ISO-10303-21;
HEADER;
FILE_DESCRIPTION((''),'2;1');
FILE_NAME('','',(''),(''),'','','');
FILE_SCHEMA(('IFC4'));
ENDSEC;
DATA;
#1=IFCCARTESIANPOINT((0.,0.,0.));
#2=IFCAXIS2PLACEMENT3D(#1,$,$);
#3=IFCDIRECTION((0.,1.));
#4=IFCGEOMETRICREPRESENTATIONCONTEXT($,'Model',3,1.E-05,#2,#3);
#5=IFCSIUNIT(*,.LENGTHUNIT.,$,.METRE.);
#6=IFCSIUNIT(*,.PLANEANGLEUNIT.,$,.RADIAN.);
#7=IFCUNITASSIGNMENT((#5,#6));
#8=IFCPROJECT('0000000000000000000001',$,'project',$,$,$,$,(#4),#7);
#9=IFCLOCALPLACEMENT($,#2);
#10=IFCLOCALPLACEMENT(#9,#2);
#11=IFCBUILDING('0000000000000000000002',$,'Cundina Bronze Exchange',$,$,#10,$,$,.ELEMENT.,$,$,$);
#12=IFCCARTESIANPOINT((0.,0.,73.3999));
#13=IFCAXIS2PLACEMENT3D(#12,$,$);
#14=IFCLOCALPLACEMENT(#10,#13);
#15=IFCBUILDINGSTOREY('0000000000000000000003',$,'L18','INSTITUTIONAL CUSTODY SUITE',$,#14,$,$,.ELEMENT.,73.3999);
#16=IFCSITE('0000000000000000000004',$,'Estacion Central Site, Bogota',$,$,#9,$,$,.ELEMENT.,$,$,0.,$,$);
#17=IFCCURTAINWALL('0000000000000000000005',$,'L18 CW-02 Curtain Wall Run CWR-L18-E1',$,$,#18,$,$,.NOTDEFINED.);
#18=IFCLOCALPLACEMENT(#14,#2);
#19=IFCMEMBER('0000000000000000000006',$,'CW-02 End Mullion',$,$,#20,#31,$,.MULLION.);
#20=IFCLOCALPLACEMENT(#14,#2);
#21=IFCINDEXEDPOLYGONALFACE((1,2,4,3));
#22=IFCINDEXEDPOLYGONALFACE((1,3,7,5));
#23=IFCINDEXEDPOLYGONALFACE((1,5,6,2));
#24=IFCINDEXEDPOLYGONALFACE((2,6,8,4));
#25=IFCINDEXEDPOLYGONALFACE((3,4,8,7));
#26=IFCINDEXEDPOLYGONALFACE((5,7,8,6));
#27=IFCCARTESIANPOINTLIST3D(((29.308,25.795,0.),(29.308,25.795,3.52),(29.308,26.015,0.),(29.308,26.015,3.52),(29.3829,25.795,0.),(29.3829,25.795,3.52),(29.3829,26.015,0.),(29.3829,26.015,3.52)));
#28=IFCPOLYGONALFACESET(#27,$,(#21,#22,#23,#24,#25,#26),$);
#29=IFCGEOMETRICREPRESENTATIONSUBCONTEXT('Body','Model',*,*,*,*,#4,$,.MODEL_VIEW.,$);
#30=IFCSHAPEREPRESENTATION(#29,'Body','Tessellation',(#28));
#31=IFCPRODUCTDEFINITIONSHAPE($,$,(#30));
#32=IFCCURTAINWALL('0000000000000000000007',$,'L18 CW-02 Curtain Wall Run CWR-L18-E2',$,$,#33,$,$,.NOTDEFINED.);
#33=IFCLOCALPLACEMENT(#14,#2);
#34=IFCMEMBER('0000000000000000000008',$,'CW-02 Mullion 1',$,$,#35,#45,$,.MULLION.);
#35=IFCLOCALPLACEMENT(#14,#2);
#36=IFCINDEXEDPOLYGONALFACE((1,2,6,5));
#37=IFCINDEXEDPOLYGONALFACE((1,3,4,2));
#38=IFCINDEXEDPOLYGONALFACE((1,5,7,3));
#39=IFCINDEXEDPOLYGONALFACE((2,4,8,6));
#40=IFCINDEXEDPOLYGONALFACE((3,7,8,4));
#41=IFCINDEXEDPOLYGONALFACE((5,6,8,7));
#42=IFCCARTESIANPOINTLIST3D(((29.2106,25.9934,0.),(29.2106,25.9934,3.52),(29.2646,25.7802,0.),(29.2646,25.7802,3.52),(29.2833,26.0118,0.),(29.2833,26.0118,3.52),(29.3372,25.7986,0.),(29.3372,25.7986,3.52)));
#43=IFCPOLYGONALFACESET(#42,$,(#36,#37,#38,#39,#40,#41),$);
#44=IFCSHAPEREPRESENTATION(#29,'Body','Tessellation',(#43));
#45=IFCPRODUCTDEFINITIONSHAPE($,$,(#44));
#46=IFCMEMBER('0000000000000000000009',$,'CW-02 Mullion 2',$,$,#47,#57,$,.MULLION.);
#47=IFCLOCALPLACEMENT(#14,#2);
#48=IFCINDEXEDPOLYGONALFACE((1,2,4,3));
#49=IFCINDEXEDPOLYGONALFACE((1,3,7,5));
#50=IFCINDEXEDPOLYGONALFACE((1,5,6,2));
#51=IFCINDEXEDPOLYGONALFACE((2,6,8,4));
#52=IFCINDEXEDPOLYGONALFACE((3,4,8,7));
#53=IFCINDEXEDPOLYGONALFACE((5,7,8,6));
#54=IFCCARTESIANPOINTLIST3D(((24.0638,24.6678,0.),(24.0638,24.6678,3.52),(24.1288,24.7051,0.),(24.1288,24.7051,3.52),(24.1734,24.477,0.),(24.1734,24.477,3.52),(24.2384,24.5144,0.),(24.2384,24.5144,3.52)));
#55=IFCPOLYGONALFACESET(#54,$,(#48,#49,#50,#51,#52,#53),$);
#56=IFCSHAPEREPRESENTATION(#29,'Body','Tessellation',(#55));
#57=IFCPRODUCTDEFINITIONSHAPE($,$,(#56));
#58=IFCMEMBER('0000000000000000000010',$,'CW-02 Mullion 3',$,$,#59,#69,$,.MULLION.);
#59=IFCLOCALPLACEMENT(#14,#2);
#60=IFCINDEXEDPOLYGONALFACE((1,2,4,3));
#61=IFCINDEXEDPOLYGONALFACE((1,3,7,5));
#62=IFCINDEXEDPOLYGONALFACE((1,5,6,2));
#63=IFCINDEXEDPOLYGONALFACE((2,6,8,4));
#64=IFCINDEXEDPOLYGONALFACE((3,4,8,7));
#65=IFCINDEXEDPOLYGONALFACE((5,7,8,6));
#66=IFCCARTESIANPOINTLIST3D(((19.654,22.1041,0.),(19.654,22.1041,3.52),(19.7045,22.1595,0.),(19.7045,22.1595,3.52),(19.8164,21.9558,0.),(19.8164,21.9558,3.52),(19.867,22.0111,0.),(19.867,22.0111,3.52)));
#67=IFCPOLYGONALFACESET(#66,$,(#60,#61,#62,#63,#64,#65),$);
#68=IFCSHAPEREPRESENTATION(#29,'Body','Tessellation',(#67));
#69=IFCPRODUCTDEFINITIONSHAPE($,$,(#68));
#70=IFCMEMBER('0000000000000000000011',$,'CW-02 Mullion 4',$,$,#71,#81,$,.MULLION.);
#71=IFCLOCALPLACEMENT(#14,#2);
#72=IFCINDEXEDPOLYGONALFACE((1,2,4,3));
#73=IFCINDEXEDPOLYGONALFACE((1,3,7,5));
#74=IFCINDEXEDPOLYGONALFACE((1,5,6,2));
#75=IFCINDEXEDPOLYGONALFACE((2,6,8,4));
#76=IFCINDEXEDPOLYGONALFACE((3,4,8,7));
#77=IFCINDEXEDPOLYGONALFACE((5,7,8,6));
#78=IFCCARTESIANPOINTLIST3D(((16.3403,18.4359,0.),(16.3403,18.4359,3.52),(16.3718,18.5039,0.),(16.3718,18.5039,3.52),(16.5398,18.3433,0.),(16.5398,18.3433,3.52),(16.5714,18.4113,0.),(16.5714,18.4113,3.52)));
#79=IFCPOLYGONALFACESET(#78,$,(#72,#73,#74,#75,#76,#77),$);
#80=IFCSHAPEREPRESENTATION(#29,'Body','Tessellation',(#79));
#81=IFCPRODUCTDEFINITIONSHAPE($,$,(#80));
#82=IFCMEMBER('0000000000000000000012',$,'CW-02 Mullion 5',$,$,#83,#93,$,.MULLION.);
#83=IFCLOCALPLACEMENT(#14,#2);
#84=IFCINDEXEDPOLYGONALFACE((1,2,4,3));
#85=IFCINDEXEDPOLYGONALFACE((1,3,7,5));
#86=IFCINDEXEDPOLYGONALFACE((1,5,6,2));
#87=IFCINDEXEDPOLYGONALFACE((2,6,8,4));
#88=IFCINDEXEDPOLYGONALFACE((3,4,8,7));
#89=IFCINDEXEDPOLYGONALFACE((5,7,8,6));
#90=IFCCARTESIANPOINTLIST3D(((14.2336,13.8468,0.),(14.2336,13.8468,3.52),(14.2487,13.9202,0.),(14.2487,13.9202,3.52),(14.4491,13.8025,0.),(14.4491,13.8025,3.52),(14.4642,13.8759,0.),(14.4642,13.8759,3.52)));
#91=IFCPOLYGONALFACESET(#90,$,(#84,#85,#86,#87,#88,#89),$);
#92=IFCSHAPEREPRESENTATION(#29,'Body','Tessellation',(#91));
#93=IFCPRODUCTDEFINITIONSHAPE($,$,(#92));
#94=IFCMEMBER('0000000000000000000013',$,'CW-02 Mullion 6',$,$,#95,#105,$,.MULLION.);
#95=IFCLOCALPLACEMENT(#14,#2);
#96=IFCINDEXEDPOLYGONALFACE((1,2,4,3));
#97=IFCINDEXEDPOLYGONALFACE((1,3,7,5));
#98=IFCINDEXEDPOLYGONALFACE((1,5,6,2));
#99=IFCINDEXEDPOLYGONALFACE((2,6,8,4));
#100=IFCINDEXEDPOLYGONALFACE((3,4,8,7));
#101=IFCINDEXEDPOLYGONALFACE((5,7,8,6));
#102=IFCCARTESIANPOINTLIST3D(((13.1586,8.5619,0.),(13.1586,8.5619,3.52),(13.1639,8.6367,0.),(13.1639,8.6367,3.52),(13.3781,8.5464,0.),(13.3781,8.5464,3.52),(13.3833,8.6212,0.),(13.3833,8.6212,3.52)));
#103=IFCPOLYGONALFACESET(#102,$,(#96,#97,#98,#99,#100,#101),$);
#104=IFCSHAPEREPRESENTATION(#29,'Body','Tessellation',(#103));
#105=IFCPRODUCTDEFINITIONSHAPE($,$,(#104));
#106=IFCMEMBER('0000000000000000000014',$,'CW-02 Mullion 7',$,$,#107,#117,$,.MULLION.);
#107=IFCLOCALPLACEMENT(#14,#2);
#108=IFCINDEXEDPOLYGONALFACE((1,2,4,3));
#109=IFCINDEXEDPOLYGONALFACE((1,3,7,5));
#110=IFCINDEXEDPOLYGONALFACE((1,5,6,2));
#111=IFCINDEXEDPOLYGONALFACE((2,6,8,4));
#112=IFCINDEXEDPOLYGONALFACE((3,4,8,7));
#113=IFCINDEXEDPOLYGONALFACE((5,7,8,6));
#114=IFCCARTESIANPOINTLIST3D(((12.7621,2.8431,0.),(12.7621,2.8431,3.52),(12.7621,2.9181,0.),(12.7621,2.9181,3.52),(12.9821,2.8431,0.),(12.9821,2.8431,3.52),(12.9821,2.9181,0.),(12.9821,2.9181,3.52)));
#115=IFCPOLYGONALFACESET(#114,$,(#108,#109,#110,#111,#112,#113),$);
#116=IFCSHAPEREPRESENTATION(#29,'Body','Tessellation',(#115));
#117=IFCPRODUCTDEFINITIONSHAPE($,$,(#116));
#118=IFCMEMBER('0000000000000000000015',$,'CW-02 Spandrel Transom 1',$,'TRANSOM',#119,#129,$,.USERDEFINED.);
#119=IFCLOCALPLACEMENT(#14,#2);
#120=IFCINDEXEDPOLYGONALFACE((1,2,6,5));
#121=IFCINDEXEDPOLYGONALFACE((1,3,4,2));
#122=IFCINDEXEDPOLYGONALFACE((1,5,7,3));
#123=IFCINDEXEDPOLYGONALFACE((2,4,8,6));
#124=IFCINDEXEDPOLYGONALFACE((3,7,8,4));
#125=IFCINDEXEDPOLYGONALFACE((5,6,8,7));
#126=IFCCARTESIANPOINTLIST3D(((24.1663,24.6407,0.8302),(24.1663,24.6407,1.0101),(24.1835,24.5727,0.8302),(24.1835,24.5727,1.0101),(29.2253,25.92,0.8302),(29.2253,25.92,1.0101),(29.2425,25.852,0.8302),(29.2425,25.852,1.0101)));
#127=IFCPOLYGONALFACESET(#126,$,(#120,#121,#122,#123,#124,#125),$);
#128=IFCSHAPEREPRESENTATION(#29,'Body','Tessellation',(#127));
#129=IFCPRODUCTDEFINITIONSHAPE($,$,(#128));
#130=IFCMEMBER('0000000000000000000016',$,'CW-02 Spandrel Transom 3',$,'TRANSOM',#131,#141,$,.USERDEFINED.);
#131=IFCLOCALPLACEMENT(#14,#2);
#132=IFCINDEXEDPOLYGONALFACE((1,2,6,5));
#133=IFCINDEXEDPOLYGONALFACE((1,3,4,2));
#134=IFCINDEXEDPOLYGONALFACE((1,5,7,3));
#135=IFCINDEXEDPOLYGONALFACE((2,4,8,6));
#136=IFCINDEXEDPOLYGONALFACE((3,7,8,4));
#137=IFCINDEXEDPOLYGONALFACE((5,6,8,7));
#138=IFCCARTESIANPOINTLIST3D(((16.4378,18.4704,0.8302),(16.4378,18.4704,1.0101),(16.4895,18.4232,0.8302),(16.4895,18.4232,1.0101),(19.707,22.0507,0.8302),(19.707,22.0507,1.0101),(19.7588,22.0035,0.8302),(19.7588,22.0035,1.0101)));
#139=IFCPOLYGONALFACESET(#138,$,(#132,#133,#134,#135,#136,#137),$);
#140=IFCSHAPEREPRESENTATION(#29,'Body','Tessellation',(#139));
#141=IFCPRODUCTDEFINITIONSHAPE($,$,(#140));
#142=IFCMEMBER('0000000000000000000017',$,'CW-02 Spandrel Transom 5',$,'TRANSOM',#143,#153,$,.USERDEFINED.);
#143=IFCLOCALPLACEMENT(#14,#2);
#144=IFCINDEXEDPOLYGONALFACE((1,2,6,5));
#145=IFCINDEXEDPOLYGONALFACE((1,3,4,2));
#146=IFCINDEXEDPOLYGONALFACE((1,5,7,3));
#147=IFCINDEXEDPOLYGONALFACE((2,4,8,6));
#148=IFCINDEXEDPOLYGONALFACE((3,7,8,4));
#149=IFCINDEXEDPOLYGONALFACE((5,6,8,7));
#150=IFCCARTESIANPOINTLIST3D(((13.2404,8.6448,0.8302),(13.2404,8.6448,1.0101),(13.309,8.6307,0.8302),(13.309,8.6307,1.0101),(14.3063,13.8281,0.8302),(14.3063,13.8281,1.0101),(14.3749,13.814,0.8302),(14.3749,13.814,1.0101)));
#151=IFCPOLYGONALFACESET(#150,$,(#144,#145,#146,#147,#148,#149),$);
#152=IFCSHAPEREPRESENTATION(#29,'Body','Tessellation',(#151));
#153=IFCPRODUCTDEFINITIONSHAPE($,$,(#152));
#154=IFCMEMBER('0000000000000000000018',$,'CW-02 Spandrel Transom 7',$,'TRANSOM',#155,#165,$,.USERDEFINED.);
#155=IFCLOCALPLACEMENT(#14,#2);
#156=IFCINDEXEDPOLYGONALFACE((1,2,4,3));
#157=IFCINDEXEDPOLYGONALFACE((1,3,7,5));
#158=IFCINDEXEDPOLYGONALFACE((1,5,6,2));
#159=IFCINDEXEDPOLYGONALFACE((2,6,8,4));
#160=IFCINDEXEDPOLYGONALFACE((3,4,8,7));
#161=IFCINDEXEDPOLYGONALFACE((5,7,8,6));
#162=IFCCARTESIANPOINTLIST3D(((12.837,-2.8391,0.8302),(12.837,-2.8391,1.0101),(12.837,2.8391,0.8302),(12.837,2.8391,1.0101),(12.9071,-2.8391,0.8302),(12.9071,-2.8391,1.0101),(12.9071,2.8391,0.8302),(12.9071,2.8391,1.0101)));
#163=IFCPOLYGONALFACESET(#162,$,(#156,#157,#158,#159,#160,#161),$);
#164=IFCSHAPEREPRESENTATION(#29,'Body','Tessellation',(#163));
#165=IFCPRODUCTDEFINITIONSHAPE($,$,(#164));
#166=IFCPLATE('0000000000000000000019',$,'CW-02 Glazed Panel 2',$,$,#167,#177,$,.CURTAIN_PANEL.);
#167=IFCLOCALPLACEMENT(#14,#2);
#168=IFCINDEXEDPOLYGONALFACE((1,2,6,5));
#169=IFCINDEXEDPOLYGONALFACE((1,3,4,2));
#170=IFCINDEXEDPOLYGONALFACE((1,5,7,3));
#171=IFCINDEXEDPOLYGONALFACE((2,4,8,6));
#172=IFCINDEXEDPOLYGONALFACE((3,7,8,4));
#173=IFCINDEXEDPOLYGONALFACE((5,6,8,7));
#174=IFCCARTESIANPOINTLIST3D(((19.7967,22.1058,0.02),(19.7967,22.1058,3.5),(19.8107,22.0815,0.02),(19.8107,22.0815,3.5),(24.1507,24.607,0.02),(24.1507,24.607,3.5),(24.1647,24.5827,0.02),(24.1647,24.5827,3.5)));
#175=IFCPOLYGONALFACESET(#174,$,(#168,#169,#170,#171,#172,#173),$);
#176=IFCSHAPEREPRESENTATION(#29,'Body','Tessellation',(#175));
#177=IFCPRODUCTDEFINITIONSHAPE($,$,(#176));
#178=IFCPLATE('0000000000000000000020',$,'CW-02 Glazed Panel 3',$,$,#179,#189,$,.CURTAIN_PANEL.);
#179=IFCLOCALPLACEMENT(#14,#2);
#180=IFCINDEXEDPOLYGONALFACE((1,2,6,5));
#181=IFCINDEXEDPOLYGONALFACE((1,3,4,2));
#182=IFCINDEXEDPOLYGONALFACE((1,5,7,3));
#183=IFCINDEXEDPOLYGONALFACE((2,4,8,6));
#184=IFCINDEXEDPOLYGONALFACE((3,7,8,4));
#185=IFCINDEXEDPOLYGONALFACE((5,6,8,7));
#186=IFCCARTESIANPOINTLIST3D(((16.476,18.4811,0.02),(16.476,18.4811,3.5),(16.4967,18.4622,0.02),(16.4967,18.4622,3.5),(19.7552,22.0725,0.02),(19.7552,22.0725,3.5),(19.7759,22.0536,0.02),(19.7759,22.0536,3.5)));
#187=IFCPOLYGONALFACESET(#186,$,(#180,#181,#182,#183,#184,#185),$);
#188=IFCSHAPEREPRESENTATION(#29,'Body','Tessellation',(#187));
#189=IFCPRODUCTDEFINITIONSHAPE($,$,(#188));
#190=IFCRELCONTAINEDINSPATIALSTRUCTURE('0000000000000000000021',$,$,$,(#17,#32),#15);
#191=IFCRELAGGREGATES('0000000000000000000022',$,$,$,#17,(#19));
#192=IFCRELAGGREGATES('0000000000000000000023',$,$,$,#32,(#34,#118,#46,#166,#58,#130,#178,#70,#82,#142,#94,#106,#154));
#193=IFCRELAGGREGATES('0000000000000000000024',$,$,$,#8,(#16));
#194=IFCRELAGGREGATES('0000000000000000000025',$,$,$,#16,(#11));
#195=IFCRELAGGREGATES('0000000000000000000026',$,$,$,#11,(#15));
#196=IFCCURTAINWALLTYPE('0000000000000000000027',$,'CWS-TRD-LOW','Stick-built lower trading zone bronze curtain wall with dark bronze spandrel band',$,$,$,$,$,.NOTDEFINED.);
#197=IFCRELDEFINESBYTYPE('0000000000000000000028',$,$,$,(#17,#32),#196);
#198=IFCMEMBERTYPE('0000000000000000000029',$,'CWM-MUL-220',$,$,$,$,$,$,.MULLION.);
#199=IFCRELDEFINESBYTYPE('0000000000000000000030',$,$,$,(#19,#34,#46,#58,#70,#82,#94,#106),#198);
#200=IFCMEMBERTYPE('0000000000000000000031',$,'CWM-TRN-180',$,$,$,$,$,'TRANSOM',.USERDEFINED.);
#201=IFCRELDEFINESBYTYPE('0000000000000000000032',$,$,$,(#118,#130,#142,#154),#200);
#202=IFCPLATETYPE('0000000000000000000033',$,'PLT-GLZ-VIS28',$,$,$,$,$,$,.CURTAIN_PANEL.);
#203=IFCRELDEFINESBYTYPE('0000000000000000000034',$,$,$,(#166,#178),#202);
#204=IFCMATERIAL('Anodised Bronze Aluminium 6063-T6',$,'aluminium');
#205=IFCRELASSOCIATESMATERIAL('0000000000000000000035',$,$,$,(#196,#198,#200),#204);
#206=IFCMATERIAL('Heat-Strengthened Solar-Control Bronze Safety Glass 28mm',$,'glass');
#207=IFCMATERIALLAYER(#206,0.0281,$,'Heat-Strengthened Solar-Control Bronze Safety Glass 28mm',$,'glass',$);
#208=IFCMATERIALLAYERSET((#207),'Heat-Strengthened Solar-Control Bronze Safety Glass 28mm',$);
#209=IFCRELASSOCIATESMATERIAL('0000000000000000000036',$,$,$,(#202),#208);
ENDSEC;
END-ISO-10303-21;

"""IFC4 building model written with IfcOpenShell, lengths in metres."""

from ifc_helpers import new_model, si_unit, direction, frame, origin, origin_2d, place, context, subcontext, project, spatial, rectangle, extrude, material, layer, layer_set, material_profile, profile_set, type_object, element, aggregate, save


model = new_model("IFC4")

# Units and contexts
model_context = context("Model", 3, precision=1e-05, world=origin(), true_north=direction((0.0, 1.0)))
body_context = subcontext(model_context, "Body", "Model", "MODEL_VIEW")
ifc_project = project(units=[si_unit("LENGTHUNIT", "METRE"), si_unit("PLANEANGLEUNIT", "RADIAN")], contexts=[model_context])

# Site, building, storey
site_placement = place(None, origin())
site = spatial("IfcSite", under=ifc_project, at=site_placement, Name="Estacion Central Site, Bogota", CompositionType="ELEMENT", RefElevation=0.0)
building_placement = place(site_placement, origin())
building = spatial("IfcBuilding", under=site, at=building_placement, Name="Cundina Bronze Exchange", CompositionType="ELEMENT")
storey_placement = place(building_placement, frame((0.0, 0.0, 73.3999)))
storey = spatial("IfcBuildingStorey", under=building, at=storey_placement, Name="L18", Description="INSTITUTIONAL CUSTODY SUITE", CompositionType="ELEMENT", Elevation=73.3999)

# Curtain wall, member
ifc_material_1 = material(Name="Anodised Bronze Aluminium 6063-T6", Category="aluminium")
curtain_wall_type = type_object("IfcCurtainWallType", Name="CWS-TRD-LOW", Description="Stick-built lower trading zone bronze curtain wall with dark bronze spandrel band", PredefinedType="NOTDEFINED", material=ifc_material_1)
curtain_wall_1_placement = place(storey_placement, origin())
curtain_wall_1 = element("IfcCurtainWall", 1, at=curtain_wall_1_placement, inside=storey, type_object=curtain_wall_type, Name="L18 CW-02 Curtain Wall Run CWR-L18-E1", PredefinedType="NOTDEFINED")
ifc_material_profile_1 = material_profile(ifc_material_1, rectangle(XDim=0.075, YDim=0.22, at=origin_2d()), Name="AL75X220", Category="aluminium")
ifc_profile_set_1 = profile_set([ifc_material_profile_1], Name="Anodised Bronze Aluminium 6063-T6")
member_type_1 = type_object("IfcMemberType", Name="CWM-MUL-220", PredefinedType="MULLION", material=ifc_profile_set_1)
member_1_placement = place(storey_placement, frame((29.3455, 25.905, 0.0), z_axis=(0.0, 0.0, 1.0), x_axis=(-1.0, 0.0, 0.0)))
member_1 = element("IfcMember", 2, at=member_1_placement, type_object=member_type_1, Name="CW-02 End Mullion", PredefinedType="MULLION", context=body_context, shape_type="SweptSolid", body=[
    extrude(rectangle(XDim=0.075, YDim=0.22, at=origin_2d()), origin(), (0.0, 0.0, 1.0), 3.52),
])
aggregate(curtain_wall_1, [member_1])

# Curtain wall, members, plates
curtain_wall_2_placement = place(storey_placement, origin())
curtain_wall_2 = element("IfcCurtainWall", 3, at=curtain_wall_2_placement, inside=storey, type_object=curtain_wall_type, Name="L18 CW-02 Curtain Wall Run CWR-L18-E2", PredefinedType="NOTDEFINED")
member_2_placement = place(storey_placement, frame((29.2739, 25.896, 0.0), z_axis=(0.0, 0.0, 1.0), x_axis=(-0.969488, -0.245138, 0.0)))
member_2 = element("IfcMember", 4, at=member_2_placement, type_object=member_type_1, Name="CW-02 Mullion 1", PredefinedType="MULLION", context=body_context, shape_type="SweptSolid", body=[
    extrude(rectangle(XDim=0.075, YDim=0.22, at=origin_2d()), origin(), (0.0, 0.0, 1.0), 3.52),
])
member_3_placement = place(storey_placement, frame((24.1511, 24.5911, 0.0), z_axis=(0.0, 0.0, 1.0), x_axis=(-0.867071, -0.498185, 0.0)))
member_3 = element("IfcMember", 5, at=member_3_placement, type_object=member_type_1, Name="CW-02 Mullion 2", PredefinedType="MULLION", context=body_context, shape_type="SweptSolid", body=[
    extrude(rectangle(XDim=0.075, YDim=0.22, at=origin_2d()), origin(), (0.0, 0.0, 1.0), 3.52),
])
member_4_placement = place(storey_placement, frame((19.7605, 22.0576, 0.0), z_axis=(0.0, 0.0, 1.0), x_axis=(-0.674302, -0.738455, 0.0)))
member_4 = element("IfcMember", 6, at=member_4_placement, type_object=member_type_1, Name="CW-02 Mullion 3", PredefinedType="MULLION", context=body_context, shape_type="SweptSolid", body=[
    extrude(rectangle(XDim=0.075, YDim=0.22, at=origin_2d()), origin(), (0.0, 0.0, 1.0), 3.52),
])
member_5_placement = place(storey_placement, frame((16.4558, 18.4236, 0.0), z_axis=(0.0, 0.0, 1.0), x_axis=(-0.420877, -0.907117, 0.0)))
member_5 = element("IfcMember", 7, at=member_5_placement, type_object=member_type_1, Name="CW-02 Mullion 4", PredefinedType="MULLION", context=body_context, shape_type="SweptSolid", body=[
    extrude(rectangle(XDim=0.075, YDim=0.22, at=origin_2d()), origin(), (0.0, 0.0, 1.0), 3.52),
])
member_6_placement = place(storey_placement, frame((14.3489, 13.8613, 0.0), z_axis=(0.0, 0.0, 1.0), x_axis=(-0.20142, -0.979505, 0.0)))
member_6 = element("IfcMember", 8, at=member_6_placement, type_object=member_type_1, Name="CW-02 Mullion 5", PredefinedType="MULLION", context=body_context, shape_type="SweptSolid", body=[
    extrude(rectangle(XDim=0.075, YDim=0.22, at=origin_2d()), origin(), (0.0, 0.0, 1.0), 3.52),
])
member_7_placement = place(storey_placement, frame((13.271, 8.5916, 0.0), z_axis=(0.0, 0.0, 1.0), x_axis=(-0.070279, -0.997527, 0.0)))
member_7 = element("IfcMember", 9, at=member_7_placement, type_object=member_type_1, Name="CW-02 Mullion 6", PredefinedType="MULLION", context=body_context, shape_type="SweptSolid", body=[
    extrude(rectangle(XDim=0.075, YDim=0.22, at=origin_2d()), origin(), (0.0, 0.0, 1.0), 3.52),
])
member_8_placement = place(storey_placement, frame((12.8721, 2.8806, 0.0), z_axis=(0.0, 0.0, 1.0), x_axis=(0.0, -1.0, 0.0)))
member_8 = element("IfcMember", 10, at=member_8_placement, type_object=member_type_1, Name="CW-02 Mullion 7", PredefinedType="MULLION", context=body_context, shape_type="SweptSolid", body=[
    extrude(rectangle(XDim=0.075, YDim=0.22, at=origin_2d()), origin(), (0.0, 0.0, 1.0), 3.52),
])
ifc_material_profile_2 = material_profile(ifc_material_1, rectangle(XDim=0.0701, YDim=0.1799, at=origin_2d()), Name="AL70X180", Category="aluminium")
ifc_profile_set_2 = profile_set([ifc_material_profile_2], Name="Anodised Bronze Aluminium 6063-T6")
member_type_2 = type_object("IfcMemberType", Name="CWM-TRN-180", ElementType="TRANSOM", PredefinedType="USERDEFINED", material=ifc_profile_set_2)
member_9_placement = place(storey_placement, frame((29.2339, 25.886, 0.9202), z_axis=(-0.969484, -0.245155, 0.0), x_axis=(0.245155, -0.969484, 0.0)))
member_9 = element("IfcMember", 11, at=member_9_placement, type_object=member_type_2, Name="CW-02 Spandrel Transom 1", ObjectType="TRANSOM", PredefinedType="USERDEFINED", context=body_context, shape_type="SweptSolid", body=[
    extrude(rectangle(XDim=0.0701, YDim=0.1799, at=origin_2d()), origin(), (0.0, 0.0, 1.0), 5.2183),
])
member_10_placement = place(storey_placement, frame((19.7329, 22.0271, 0.9202), z_axis=(-0.674303, -0.738455, 0.0), x_axis=(0.738455, -0.674303, 0.0)))
member_10 = element("IfcMember", 12, at=member_10_placement, type_object=member_type_2, Name="CW-02 Spandrel Transom 3", ObjectType="TRANSOM", PredefinedType="USERDEFINED", context=body_context, shape_type="SweptSolid", body=[
    extrude(rectangle(XDim=0.0701, YDim=0.1799, at=origin_2d()), origin(), (0.0, 0.0, 1.0), 4.8484),
])
member_11_placement = place(storey_placement, frame((14.3406, 13.821, 0.9202), z_axis=(-0.201428, -0.979503, 0.0), x_axis=(0.979503, -0.201428, 0.0)))
member_11 = element("IfcMember", 13, at=member_11_placement, type_object=member_type_2, Name="CW-02 Spandrel Transom 5", ObjectType="TRANSOM", PredefinedType="USERDEFINED", context=body_context, shape_type="SweptSolid", body=[
    extrude(rectangle(XDim=0.0701, YDim=0.1799, at=origin_2d()), origin(), (0.0, 0.0, 1.0), 5.2917),
])
member_12_placement = place(storey_placement, frame((12.8721, 2.8391, 0.9202), z_axis=(0.0, -1.0, 0.0), x_axis=(1.0, 0.0, 0.0)))
member_12 = element("IfcMember", 14, at=member_12_placement, type_object=member_type_2, Name="CW-02 Spandrel Transom 7", ObjectType="TRANSOM", PredefinedType="USERDEFINED", context=body_context, shape_type="SweptSolid", body=[
    extrude(rectangle(XDim=0.0701, YDim=0.1799, at=origin_2d()), origin(), (0.0, 0.0, 1.0), 5.6782),
])
ifc_material_2 = material(Name="Heat-Strengthened Solar-Control Bronze Safety Glass 28mm", Category="glass")
ifc_layer_1 = layer(ifc_material_2, 0.0281, Name="Heat-Strengthened Solar-Control Bronze Safety Glass 28mm", Category="glass")
ifc_layer_set_1 = layer_set([ifc_layer_1], Name="Heat-Strengthened Solar-Control Bronze Safety Glass 28mm")
plate_type_1 = type_object("IfcPlateType", Name="PLT-GLZ-VIS28", PredefinedType="CURTAIN_PANEL", material=ifc_layer_set_1)
plate_1_placement = place(storey_placement, frame((21.9807, 23.3442, 0.02), z_axis=(0.0, 0.0, 1.0), x_axis=(-0.867105, -0.498125, 0.0)))
plate_1 = element("IfcPlate", 15, at=plate_1_placement, type_object=plate_type_1, Name="CW-02 Glazed Panel 2", PredefinedType="CURTAIN_PANEL", context=body_context, shape_type="SweptSolid", body=[
    extrude(rectangle(XDim=5.0212, YDim=0.0281, at=origin_2d()), origin(), (0.0, 0.0, 1.0), 3.48),
])
plate_2_placement = place(storey_placement, frame((18.126, 20.2673, 0.02), z_axis=(0.0, 0.0, 1.0), x_axis=(-0.674277, -0.738479, 0.0)))
plate_2 = element("IfcPlate", 16, at=plate_2_placement, type_object=plate_type_1, Name="CW-02 Glazed Panel 3", PredefinedType="CURTAIN_PANEL", context=body_context, shape_type="SweptSolid", body=[
    extrude(rectangle(XDim=4.8633, YDim=0.0281, at=origin_2d()), origin(), (0.0, 0.0, 1.0), 3.48),
])
aggregate(curtain_wall_2, [member_2, member_9, member_3, plate_1, member_4, member_10, plate_2, member_5, member_6, member_11, member_7, member_8, member_12])

save(model, "model.ifc")
